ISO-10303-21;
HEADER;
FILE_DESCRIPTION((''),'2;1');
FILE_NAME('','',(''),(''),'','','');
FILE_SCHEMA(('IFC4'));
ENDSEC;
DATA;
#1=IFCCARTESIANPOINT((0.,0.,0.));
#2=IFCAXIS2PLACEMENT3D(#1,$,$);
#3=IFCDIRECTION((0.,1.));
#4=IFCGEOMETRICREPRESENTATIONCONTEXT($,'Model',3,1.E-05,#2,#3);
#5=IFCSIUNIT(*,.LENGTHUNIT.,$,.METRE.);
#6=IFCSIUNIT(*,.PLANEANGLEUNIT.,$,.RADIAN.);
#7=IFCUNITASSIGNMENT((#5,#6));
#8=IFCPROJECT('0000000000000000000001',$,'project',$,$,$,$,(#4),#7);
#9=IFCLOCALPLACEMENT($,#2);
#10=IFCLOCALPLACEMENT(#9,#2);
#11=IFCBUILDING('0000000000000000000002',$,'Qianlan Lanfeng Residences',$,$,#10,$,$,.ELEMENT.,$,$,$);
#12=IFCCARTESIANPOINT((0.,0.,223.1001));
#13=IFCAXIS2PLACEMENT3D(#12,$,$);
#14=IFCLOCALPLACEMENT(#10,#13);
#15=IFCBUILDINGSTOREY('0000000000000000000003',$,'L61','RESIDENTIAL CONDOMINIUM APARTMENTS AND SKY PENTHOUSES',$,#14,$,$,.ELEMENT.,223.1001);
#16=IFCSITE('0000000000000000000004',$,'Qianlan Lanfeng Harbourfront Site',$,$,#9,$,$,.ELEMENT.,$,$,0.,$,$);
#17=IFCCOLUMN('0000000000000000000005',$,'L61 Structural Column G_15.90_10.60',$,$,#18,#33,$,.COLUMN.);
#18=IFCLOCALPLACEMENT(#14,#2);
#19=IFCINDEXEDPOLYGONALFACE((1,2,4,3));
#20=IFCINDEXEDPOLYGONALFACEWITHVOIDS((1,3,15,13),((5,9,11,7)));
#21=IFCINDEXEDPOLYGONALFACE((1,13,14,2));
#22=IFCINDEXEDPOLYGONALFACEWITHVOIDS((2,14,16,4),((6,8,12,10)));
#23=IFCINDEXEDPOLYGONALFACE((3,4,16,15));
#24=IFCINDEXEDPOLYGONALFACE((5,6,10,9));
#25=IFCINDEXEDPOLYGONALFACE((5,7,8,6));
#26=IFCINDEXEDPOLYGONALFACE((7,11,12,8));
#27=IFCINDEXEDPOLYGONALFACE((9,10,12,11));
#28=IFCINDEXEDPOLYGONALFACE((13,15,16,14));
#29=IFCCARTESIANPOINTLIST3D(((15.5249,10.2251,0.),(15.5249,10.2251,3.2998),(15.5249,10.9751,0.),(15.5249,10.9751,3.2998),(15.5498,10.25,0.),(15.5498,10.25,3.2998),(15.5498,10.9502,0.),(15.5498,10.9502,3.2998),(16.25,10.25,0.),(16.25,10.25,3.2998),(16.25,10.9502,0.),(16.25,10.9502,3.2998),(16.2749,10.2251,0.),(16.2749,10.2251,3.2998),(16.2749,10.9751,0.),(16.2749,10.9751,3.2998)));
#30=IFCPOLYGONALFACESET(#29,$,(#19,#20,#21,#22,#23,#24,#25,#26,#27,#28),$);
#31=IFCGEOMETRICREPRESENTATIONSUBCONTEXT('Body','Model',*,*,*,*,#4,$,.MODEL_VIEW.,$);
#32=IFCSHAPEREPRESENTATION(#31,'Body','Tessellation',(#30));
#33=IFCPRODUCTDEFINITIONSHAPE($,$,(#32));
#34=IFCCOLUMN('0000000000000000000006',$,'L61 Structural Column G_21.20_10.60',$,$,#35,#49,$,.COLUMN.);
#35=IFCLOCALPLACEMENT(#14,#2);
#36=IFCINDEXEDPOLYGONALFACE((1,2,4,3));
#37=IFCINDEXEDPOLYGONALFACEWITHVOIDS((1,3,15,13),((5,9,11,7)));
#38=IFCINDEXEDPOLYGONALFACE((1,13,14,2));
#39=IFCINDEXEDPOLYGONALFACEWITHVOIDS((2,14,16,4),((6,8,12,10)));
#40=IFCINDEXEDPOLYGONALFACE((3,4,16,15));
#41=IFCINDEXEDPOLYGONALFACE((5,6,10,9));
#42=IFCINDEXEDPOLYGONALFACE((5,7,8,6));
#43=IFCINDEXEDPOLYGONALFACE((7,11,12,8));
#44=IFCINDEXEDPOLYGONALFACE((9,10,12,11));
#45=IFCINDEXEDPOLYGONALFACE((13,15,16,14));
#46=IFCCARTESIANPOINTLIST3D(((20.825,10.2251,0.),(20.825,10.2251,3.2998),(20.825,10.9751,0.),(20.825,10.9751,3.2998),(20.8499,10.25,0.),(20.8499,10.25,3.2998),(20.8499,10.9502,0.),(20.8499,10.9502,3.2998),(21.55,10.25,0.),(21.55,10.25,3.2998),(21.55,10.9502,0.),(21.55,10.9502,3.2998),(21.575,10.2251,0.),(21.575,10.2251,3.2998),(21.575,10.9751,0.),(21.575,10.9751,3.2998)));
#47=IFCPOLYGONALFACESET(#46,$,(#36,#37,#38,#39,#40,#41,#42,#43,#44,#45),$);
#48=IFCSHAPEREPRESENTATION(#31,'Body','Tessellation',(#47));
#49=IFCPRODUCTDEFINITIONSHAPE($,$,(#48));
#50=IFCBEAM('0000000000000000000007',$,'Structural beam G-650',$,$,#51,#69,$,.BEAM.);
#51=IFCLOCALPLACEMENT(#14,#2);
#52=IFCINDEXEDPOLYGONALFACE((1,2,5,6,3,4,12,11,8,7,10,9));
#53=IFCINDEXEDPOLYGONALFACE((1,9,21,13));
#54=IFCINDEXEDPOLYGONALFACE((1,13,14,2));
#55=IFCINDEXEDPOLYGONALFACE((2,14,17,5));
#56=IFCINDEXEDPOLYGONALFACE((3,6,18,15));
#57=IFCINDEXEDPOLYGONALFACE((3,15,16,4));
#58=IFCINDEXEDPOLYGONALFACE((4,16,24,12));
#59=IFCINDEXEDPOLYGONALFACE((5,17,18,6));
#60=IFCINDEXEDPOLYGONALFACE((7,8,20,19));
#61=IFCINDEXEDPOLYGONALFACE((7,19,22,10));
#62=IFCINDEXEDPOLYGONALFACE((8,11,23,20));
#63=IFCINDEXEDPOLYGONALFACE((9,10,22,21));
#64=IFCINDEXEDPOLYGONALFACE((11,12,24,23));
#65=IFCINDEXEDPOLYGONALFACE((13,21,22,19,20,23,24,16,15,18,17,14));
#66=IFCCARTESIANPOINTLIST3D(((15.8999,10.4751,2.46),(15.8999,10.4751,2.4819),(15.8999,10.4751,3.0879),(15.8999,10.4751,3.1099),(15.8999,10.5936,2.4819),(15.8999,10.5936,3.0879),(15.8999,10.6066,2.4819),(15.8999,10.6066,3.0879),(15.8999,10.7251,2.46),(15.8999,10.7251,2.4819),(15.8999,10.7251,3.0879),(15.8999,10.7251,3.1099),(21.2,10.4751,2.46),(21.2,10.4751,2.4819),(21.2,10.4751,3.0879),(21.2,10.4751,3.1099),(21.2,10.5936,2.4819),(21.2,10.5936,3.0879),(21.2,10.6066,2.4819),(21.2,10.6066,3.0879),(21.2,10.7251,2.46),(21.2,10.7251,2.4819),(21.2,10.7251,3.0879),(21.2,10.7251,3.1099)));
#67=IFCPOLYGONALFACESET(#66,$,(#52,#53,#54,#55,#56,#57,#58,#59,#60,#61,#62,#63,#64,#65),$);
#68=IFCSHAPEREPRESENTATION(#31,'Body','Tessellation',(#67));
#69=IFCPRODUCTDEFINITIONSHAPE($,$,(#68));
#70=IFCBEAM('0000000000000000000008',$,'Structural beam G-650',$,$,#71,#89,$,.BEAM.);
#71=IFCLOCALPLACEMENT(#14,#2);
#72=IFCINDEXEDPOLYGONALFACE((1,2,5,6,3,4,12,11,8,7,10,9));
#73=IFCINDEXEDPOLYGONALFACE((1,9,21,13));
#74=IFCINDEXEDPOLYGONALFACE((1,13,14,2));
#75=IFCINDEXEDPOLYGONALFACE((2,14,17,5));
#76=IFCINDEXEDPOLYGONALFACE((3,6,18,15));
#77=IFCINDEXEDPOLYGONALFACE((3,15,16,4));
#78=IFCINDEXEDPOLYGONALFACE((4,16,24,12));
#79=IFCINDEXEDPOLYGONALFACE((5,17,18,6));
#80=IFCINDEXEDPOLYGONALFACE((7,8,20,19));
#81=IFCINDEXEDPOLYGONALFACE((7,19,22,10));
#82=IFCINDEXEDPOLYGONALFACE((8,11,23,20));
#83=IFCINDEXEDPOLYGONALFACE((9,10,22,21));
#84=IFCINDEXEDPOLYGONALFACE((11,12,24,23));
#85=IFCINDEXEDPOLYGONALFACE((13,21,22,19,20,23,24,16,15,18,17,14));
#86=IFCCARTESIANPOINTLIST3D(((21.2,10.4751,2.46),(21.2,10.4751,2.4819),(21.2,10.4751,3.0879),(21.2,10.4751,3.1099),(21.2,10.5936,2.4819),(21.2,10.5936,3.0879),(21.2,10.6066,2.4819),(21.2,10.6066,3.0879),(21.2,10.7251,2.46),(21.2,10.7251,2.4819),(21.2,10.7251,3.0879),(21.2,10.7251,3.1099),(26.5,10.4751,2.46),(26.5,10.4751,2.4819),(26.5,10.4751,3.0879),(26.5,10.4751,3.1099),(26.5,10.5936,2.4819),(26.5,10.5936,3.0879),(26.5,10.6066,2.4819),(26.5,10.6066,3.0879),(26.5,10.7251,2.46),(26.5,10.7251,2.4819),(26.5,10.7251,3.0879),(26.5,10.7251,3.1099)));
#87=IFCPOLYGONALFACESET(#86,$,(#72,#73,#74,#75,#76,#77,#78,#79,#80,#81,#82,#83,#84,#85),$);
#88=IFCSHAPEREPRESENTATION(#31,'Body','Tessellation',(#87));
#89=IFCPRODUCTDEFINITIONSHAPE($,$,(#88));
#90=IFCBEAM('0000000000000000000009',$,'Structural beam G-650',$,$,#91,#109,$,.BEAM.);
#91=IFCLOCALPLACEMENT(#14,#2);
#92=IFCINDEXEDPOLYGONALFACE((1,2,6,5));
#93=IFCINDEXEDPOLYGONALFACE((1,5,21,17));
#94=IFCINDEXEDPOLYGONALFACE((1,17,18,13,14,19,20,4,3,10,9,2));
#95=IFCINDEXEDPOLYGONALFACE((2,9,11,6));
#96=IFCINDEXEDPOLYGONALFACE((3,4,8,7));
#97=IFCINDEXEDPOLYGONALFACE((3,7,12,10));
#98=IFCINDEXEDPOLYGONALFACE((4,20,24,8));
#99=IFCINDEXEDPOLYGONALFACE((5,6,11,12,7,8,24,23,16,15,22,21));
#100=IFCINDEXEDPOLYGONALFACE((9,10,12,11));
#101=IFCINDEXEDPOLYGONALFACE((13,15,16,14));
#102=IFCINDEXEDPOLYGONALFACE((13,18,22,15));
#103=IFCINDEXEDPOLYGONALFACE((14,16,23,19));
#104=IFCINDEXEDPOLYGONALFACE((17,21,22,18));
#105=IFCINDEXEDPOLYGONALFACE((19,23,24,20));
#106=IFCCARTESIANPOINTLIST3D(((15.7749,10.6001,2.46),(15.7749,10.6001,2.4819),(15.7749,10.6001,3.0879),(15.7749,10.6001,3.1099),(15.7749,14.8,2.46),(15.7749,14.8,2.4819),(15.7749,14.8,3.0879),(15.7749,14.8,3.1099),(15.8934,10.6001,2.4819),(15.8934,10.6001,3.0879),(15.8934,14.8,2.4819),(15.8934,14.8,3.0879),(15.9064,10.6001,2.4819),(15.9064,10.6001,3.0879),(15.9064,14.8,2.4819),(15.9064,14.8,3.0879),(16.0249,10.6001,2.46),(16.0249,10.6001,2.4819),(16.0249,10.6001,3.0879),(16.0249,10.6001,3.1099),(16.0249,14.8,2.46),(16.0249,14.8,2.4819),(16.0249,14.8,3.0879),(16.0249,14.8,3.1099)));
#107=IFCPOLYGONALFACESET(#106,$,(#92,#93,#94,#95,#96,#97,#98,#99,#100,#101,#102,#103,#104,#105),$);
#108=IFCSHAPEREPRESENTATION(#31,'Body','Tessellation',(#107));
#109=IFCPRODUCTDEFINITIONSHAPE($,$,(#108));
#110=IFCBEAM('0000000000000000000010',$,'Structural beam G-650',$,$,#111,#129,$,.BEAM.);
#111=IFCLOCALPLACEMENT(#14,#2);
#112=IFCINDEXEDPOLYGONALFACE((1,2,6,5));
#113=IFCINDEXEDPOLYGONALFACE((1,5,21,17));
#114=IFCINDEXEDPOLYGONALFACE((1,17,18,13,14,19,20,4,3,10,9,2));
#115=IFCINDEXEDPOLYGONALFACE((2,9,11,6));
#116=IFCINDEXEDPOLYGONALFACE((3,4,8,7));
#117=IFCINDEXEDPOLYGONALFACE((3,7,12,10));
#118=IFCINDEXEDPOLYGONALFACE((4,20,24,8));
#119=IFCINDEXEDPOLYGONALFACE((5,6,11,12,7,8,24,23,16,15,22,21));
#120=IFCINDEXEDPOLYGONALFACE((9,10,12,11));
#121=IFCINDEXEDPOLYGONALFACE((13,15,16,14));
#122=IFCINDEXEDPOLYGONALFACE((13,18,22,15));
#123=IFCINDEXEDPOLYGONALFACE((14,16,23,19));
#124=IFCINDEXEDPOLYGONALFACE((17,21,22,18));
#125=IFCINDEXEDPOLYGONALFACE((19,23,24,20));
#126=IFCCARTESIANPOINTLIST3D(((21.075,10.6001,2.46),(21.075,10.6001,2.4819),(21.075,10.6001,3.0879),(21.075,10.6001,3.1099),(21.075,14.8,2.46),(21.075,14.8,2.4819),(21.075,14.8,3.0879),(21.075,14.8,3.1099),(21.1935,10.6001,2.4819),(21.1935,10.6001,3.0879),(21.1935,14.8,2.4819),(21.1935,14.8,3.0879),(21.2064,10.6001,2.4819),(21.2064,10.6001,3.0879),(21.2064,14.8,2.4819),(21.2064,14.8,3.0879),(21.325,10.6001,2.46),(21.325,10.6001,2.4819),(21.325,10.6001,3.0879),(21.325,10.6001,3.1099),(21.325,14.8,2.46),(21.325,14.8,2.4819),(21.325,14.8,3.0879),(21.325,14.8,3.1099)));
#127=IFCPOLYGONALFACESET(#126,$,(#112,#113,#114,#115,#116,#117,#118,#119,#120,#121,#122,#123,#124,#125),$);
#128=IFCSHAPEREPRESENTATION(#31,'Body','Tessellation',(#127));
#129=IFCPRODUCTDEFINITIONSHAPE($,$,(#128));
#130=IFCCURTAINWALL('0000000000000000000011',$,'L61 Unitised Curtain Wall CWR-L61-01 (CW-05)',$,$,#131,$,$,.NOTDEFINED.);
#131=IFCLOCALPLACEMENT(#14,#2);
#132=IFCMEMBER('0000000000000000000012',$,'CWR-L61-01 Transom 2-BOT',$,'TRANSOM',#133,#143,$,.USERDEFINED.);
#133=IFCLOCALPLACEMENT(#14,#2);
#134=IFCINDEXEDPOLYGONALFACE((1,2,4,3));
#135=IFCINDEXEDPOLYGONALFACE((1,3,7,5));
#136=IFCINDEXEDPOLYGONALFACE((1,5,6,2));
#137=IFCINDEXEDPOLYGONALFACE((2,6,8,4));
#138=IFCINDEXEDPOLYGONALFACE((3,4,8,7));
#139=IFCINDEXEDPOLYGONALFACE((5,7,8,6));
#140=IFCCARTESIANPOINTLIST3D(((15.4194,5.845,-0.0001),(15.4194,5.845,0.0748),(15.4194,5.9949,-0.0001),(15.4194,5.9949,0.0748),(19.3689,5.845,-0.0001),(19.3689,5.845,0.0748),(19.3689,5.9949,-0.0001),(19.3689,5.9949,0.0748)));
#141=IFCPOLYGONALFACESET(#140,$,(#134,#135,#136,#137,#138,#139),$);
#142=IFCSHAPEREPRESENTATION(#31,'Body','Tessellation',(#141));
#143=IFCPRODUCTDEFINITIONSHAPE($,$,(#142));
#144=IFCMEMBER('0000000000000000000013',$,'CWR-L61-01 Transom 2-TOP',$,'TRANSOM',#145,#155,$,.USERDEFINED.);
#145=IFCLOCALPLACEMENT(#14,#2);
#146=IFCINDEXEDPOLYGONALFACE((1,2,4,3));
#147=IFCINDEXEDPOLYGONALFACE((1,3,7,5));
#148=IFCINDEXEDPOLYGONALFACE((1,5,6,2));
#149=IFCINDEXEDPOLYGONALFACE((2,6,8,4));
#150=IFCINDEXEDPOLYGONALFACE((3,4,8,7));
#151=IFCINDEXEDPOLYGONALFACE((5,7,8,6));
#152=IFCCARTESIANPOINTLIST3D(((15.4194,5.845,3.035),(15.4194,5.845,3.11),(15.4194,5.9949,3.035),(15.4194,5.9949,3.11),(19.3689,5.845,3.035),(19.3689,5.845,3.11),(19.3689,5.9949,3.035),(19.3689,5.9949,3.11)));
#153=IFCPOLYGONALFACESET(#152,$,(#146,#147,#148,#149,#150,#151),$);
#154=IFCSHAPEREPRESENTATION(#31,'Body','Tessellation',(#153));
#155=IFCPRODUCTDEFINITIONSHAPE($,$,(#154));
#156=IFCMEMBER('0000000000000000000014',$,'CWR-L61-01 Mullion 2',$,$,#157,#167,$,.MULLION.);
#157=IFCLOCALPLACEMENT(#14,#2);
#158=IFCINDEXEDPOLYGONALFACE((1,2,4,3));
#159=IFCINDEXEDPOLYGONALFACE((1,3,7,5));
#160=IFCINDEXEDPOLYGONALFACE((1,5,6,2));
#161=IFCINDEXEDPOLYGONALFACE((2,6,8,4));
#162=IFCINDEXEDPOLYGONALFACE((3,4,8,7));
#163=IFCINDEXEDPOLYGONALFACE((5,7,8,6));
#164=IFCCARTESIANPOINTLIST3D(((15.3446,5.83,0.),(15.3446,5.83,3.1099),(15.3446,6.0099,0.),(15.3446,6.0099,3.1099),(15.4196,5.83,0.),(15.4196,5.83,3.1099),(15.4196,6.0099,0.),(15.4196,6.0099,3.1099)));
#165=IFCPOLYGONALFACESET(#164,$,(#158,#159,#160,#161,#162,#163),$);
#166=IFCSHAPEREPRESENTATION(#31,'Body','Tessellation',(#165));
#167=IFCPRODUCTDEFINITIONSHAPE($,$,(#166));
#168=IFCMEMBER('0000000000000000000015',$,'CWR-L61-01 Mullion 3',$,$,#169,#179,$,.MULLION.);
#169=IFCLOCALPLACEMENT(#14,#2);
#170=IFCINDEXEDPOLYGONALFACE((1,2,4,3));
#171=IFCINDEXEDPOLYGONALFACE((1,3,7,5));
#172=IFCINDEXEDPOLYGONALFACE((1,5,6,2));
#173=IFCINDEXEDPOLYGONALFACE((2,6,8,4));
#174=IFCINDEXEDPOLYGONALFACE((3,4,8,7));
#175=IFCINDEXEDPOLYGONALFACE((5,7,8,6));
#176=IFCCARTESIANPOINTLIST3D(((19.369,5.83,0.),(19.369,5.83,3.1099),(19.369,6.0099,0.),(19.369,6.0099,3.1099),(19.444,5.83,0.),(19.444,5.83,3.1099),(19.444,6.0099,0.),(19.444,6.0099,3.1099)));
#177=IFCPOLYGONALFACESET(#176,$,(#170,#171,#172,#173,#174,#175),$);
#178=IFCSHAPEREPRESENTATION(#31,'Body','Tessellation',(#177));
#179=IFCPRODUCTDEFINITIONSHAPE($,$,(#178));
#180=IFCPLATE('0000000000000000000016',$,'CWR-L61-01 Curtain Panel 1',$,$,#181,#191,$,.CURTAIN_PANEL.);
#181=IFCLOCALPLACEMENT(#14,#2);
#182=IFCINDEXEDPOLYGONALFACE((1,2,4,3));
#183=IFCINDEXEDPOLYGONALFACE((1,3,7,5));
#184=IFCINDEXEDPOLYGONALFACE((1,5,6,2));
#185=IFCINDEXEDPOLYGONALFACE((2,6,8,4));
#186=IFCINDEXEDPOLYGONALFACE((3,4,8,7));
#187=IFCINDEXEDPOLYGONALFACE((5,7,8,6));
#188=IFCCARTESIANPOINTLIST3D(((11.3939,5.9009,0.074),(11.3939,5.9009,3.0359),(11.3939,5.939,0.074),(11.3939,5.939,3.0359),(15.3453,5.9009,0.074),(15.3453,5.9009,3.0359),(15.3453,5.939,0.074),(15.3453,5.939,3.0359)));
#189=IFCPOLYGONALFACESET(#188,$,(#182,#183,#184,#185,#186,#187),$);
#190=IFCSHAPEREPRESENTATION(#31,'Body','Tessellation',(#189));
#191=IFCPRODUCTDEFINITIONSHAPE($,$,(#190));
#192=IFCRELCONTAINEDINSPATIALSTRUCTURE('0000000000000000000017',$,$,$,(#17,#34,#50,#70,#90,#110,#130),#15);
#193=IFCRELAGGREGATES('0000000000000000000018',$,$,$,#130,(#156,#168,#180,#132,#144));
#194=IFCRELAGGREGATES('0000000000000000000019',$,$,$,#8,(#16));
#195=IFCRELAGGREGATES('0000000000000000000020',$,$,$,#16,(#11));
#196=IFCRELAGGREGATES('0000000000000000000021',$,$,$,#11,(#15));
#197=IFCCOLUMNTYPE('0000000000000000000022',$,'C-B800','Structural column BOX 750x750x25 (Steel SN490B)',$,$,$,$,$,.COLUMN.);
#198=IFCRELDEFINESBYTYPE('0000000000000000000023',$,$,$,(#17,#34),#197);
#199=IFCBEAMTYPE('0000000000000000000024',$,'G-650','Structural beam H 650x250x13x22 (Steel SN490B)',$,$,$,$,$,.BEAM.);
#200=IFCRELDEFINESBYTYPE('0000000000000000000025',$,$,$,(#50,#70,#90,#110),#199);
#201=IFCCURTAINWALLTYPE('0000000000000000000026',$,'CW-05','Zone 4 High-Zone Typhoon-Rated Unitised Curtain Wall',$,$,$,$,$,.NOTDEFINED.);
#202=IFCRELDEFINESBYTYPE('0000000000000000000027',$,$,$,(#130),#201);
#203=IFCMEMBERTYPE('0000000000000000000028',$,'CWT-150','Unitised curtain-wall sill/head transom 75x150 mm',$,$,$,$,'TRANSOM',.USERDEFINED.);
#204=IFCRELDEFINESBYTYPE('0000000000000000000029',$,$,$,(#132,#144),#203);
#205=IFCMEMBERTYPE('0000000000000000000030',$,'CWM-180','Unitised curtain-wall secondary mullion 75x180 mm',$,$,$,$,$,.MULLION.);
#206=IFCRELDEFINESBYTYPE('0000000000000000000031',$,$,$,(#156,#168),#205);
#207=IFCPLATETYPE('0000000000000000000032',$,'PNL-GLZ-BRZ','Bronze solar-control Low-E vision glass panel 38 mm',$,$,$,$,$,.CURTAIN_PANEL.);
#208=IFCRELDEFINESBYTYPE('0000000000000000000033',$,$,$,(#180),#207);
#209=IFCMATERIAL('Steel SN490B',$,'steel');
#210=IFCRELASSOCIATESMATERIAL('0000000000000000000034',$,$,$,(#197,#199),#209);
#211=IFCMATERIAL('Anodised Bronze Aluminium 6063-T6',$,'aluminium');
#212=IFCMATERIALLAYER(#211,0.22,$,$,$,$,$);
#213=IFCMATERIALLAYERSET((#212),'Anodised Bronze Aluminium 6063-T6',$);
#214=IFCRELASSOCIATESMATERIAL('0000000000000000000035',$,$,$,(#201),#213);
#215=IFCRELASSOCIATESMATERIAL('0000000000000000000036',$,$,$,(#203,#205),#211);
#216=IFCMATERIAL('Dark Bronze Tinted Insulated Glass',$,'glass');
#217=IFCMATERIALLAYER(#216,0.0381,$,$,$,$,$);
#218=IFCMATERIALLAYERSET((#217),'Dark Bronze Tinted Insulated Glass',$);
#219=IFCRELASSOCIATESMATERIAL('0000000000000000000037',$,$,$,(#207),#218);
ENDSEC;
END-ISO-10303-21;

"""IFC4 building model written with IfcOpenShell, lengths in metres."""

from ifc_helpers import new_model, si_unit, direction, frame, origin, origin_2d, place, context, subcontext, project, spatial, rectangle, hollow_rectangle, i_section, extrude, source, transform, mapped, material, layer, layer_set, material_profile, profile_set, type_object, element, aggregate, save


model = new_model("IFC4")

# Units and contexts
model_context = context("Model", 3, precision=1e-05, world=origin(), true_north=direction((0.0, 1.0)))
body_context = subcontext(model_context, "Body", "Model", "MODEL_VIEW")
ifc_project = project(units=[si_unit("LENGTHUNIT", "METRE"), si_unit("PLANEANGLEUNIT", "RADIAN")], contexts=[model_context])

# Site, building, storey
site_placement = place(None, origin())
site = spatial("IfcSite", under=ifc_project, at=site_placement, Name="Qianlan Lanfeng Harbourfront Site", CompositionType="ELEMENT", RefElevation=0.0)
building_placement = place(site_placement, origin())
building = spatial("IfcBuilding", under=site, at=building_placement, Name="Qianlan Lanfeng Residences", CompositionType="ELEMENT")
storey_placement = place(building_placement, frame((0.0, 0.0, 223.1001)))
storey = spatial("IfcBuildingStorey", under=building, at=storey_placement, Name="L61", Description="RESIDENTIAL CONDOMINIUM APARTMENTS AND SKY PENTHOUSES", CompositionType="ELEMENT", Elevation=223.1001)

# Columns
ifc_material_1 = material(Name="Steel SN490B", Category="steel")
ifc_material_profile_1 = material_profile(ifc_material_1, hollow_rectangle(XDim=0.75, YDim=0.75, WallThickness=0.0249, at=origin_2d()), Name="BOX 750x750x25")
ifc_profile_set_1 = profile_set([ifc_material_profile_1], Name="Steel SN490B")
column_type = type_object("IfcColumnType", Name="C-B800", Description="Structural column BOX 750x750x25 (Steel SN490B)", PredefinedType="COLUMN", material=ifc_profile_set_1)
for number, where, z_axis, x_axis, name in (
    (1, (15.8999, 10.6001, 0.0), (0.0, 0.0, 1.0), (1.0, 0.0, 0.0), "L61 Structural Column G_15.90_10.60"),
    (2, (21.2, 10.6001, 0.0), (0.0, 0.0, 1.0), (1.0, 0.0, 0.0), "L61 Structural Column G_21.20_10.60"),
):
    element("IfcColumn", number, at=place(storey_placement, frame(where, z_axis=z_axis, x_axis=x_axis)), inside=storey, type_object=column_type, Name=name, PredefinedType="COLUMN", context=body_context, shape_type="SweptSolid", body=[
        extrude(hollow_rectangle(XDim=0.75, YDim=0.75, WallThickness=0.0249, at=origin_2d()), origin(), (0.0, 0.0, 1.0), 3.2998),
    ])

# Beams
ifc_material_profile_2 = material_profile(ifc_material_1, i_section(OverallWidth=0.25, OverallDepth=0.6499, WebThickness=0.0129, FlangeThickness=0.022, at=origin_2d()), Name="H 650x250x13x22")
ifc_profile_set_2 = profile_set([ifc_material_profile_2], Name="Steel SN490B")
beam_type = type_object("IfcBeamType", Name="G-650", Description="Structural beam H 650x250x13x22 (Steel SN490B)", PredefinedType="BEAM", material=ifc_profile_set_2)
for number, where, z_axis, x_axis, name in (
    (3, (15.8999, 10.6001, 2.7849), (1.0, 0.0, 0.0), (0.0, 1.0, 0.0), "Structural beam G-650"),
    (4, (21.2, 10.6001, 2.7849), (1.0, 0.0, 0.0), (0.0, 1.0, 0.0), "Structural beam G-650"),
):
    element("IfcBeam", number, at=place(storey_placement, frame(where, z_axis=z_axis, x_axis=x_axis)), inside=storey, type_object=beam_type, Name=name, PredefinedType="BEAM", context=body_context, shape_type="SweptSolid", body=[
        extrude(i_section(OverallWidth=0.25, OverallDepth=0.6499, WebThickness=0.0129, FlangeThickness=0.022, at=origin_2d()), origin(), (0.0, 0.0, 1.0), 5.3),
    ])
for number, where, z_axis, x_axis, name in (
    (5, (15.8999, 10.6001, 2.7849), (0.0, 1.0, 0.0), (-1.0, 0.0, 0.0), "Structural beam G-650"),
    (6, (21.2, 10.6001, 2.7849), (0.0, 1.0, 0.0), (-1.0, 0.0, 0.0), "Structural beam G-650"),
):
    element("IfcBeam", number, at=place(storey_placement, frame(where, z_axis=z_axis, x_axis=x_axis)), inside=storey, type_object=beam_type, Name=name, PredefinedType="BEAM", context=body_context, shape_type="SweptSolid", body=[
        extrude(i_section(OverallWidth=0.25, OverallDepth=0.6499, WebThickness=0.0129, FlangeThickness=0.022, at=origin_2d()), origin(), (0.0, 0.0, 1.0), 4.2),
    ])

# Curtain wall, members, plate
ifc_material_2 = material(Name="Anodised Bronze Aluminium 6063-T6", Category="aluminium")
ifc_layer_1 = layer(ifc_material_2, 0.22)
ifc_layer_set_1 = layer_set([ifc_layer_1], Name="Anodised Bronze Aluminium 6063-T6")
curtain_wall_type = type_object("IfcCurtainWallType", Name="CW-05", Description="Zone 4 High-Zone Typhoon-Rated Unitised Curtain Wall", PredefinedType="NOTDEFINED", material=ifc_layer_set_1)
curtain_wall_placement = place(storey_placement, origin())
curtain_wall = element("IfcCurtainWall", 7, at=curtain_wall_placement, inside=storey, type_object=curtain_wall_type, Name="L61 Unitised Curtain Wall CWR-L61-01 (CW-05)", PredefinedType="NOTDEFINED")
ifc_material_profile_3 = material_profile(ifc_material_2, rectangle(XDim=0.075, YDim=0.1499, at=origin_2d()), Name="ALU TRANSOM 75x150")
ifc_profile_set_3 = profile_set([ifc_material_profile_3], Name="Anodised Bronze Aluminium 6063-T6")
member_type_1 = type_object("IfcMemberType", Name="CWT-150", Description="Unitised curtain-wall sill/head transom 75x150 mm", ElementType="TRANSOM", PredefinedType="USERDEFINED", material=ifc_profile_set_3)
shared_shape_1 = source(origin(), body_context, "Body", "SweptSolid", [
    extrude(rectangle(XDim=0.075, YDim=0.1499, at=origin_2d()), origin(), (0.0, 0.0, 1.0), 3.9495),
])
member_1_placement = place(storey_placement, frame((15.4194, 5.9199, 0.0374), z_axis=(1.0, 0.0, 0.0), x_axis=(0.0, 0.0, 1.0)))
member_1 = element("IfcMember", 8, at=member_1_placement, type_object=member_type_1, Name="CWR-L61-01 Transom 2-BOT", ObjectType="TRANSOM", PredefinedType="USERDEFINED", context=body_context, shape_type="MappedRepresentation", body=[
    mapped(shared_shape_1, transform((0.0, 0.0, 0.0), scale=1.0)),
])
member_2_placement = place(storey_placement, frame((15.4194, 5.9199, 3.0725), z_axis=(1.0, 0.0, 0.0), x_axis=(0.0, 0.0, 1.0)))
member_2 = element("IfcMember", 9, at=member_2_placement, type_object=member_type_1, Name="CWR-L61-01 Transom 2-TOP", ObjectType="TRANSOM", PredefinedType="USERDEFINED", context=body_context, shape_type="MappedRepresentation", body=[
    mapped(shared_shape_1, transform((0.0, 0.0, 0.0), scale=1.0)),
])
ifc_material_profile_4 = material_profile(ifc_material_2, rectangle(XDim=0.075, YDim=0.1799, at=origin_2d()), Name="ALU MULLION 75x180")
ifc_profile_set_4 = profile_set([ifc_material_profile_4], Name="Anodised Bronze Aluminium 6063-T6")
member_type_2 = type_object("IfcMemberType", Name="CWM-180", Description="Unitised curtain-wall secondary mullion 75x180 mm", PredefinedType="MULLION", material=ifc_profile_set_4)
shared_shape_2 = source(origin(), body_context, "Body", "SweptSolid", [
    extrude(rectangle(XDim=0.075, YDim=0.1799, at=origin_2d()), origin(), (0.0, 0.0, 1.0), 3.1099),
])
member_3_placement = place(storey_placement, frame((15.3821, 5.9199, 0.0), z_axis=(0.0, 0.0, 1.0), x_axis=(1.0, 0.0, 0.0)))
member_3 = element("IfcMember", 10, at=member_3_placement, type_object=member_type_2, Name="CWR-L61-01 Mullion 2", PredefinedType="MULLION", context=body_context, shape_type="MappedRepresentation", body=[
    mapped(shared_shape_2, transform((0.0, 0.0, 0.0), scale=1.0)),
])
member_4_placement = place(storey_placement, frame((19.4065, 5.9199, 0.0), z_axis=(0.0, 0.0, 1.0), x_axis=(1.0, 0.0, 0.0)))
member_4 = element("IfcMember", 11, at=member_4_placement, type_object=member_type_2, Name="CWR-L61-01 Mullion 3", PredefinedType="MULLION", context=body_context, shape_type="MappedRepresentation", body=[
    mapped(shared_shape_2, transform((0.0, 0.0, 0.0), scale=1.0)),
])
ifc_material_3 = material(Name="Dark Bronze Tinted Insulated Glass", Category="glass")
ifc_layer_2 = layer(ifc_material_3, 0.0381)
ifc_layer_set_2 = layer_set([ifc_layer_2], Name="Dark Bronze Tinted Insulated Glass")
plate_type = type_object("IfcPlateType", Name="PNL-GLZ-BRZ", Description="Bronze solar-control Low-E vision glass panel 38 mm", PredefinedType="CURTAIN_PANEL", material=ifc_layer_set_2)
shared_shape_3 = source(origin(), body_context, "Body", "SweptSolid", [
    extrude(rectangle(XDim=3.9514, YDim=0.0381, at=origin_2d()), origin(), (0.0, 0.0, 1.0), 2.9619),
])
plate_1_placement = place(storey_placement, frame((13.3696, 5.9199, 0.074), z_axis=(0.0, 0.0, 1.0), x_axis=(1.0, 0.0, 0.0)))
plate_1 = element("IfcPlate", 12, at=plate_1_placement, type_object=plate_type, Name="CWR-L61-01 Curtain Panel 1", PredefinedType="CURTAIN_PANEL", context=body_context, shape_type="MappedRepresentation", body=[
    mapped(shared_shape_3, transform((0.0, 0.0, 0.0), scale=1.0)),
])
aggregate(curtain_wall, [member_3, member_4, plate_1, member_1, member_2])

save(model, "model.ifc")
